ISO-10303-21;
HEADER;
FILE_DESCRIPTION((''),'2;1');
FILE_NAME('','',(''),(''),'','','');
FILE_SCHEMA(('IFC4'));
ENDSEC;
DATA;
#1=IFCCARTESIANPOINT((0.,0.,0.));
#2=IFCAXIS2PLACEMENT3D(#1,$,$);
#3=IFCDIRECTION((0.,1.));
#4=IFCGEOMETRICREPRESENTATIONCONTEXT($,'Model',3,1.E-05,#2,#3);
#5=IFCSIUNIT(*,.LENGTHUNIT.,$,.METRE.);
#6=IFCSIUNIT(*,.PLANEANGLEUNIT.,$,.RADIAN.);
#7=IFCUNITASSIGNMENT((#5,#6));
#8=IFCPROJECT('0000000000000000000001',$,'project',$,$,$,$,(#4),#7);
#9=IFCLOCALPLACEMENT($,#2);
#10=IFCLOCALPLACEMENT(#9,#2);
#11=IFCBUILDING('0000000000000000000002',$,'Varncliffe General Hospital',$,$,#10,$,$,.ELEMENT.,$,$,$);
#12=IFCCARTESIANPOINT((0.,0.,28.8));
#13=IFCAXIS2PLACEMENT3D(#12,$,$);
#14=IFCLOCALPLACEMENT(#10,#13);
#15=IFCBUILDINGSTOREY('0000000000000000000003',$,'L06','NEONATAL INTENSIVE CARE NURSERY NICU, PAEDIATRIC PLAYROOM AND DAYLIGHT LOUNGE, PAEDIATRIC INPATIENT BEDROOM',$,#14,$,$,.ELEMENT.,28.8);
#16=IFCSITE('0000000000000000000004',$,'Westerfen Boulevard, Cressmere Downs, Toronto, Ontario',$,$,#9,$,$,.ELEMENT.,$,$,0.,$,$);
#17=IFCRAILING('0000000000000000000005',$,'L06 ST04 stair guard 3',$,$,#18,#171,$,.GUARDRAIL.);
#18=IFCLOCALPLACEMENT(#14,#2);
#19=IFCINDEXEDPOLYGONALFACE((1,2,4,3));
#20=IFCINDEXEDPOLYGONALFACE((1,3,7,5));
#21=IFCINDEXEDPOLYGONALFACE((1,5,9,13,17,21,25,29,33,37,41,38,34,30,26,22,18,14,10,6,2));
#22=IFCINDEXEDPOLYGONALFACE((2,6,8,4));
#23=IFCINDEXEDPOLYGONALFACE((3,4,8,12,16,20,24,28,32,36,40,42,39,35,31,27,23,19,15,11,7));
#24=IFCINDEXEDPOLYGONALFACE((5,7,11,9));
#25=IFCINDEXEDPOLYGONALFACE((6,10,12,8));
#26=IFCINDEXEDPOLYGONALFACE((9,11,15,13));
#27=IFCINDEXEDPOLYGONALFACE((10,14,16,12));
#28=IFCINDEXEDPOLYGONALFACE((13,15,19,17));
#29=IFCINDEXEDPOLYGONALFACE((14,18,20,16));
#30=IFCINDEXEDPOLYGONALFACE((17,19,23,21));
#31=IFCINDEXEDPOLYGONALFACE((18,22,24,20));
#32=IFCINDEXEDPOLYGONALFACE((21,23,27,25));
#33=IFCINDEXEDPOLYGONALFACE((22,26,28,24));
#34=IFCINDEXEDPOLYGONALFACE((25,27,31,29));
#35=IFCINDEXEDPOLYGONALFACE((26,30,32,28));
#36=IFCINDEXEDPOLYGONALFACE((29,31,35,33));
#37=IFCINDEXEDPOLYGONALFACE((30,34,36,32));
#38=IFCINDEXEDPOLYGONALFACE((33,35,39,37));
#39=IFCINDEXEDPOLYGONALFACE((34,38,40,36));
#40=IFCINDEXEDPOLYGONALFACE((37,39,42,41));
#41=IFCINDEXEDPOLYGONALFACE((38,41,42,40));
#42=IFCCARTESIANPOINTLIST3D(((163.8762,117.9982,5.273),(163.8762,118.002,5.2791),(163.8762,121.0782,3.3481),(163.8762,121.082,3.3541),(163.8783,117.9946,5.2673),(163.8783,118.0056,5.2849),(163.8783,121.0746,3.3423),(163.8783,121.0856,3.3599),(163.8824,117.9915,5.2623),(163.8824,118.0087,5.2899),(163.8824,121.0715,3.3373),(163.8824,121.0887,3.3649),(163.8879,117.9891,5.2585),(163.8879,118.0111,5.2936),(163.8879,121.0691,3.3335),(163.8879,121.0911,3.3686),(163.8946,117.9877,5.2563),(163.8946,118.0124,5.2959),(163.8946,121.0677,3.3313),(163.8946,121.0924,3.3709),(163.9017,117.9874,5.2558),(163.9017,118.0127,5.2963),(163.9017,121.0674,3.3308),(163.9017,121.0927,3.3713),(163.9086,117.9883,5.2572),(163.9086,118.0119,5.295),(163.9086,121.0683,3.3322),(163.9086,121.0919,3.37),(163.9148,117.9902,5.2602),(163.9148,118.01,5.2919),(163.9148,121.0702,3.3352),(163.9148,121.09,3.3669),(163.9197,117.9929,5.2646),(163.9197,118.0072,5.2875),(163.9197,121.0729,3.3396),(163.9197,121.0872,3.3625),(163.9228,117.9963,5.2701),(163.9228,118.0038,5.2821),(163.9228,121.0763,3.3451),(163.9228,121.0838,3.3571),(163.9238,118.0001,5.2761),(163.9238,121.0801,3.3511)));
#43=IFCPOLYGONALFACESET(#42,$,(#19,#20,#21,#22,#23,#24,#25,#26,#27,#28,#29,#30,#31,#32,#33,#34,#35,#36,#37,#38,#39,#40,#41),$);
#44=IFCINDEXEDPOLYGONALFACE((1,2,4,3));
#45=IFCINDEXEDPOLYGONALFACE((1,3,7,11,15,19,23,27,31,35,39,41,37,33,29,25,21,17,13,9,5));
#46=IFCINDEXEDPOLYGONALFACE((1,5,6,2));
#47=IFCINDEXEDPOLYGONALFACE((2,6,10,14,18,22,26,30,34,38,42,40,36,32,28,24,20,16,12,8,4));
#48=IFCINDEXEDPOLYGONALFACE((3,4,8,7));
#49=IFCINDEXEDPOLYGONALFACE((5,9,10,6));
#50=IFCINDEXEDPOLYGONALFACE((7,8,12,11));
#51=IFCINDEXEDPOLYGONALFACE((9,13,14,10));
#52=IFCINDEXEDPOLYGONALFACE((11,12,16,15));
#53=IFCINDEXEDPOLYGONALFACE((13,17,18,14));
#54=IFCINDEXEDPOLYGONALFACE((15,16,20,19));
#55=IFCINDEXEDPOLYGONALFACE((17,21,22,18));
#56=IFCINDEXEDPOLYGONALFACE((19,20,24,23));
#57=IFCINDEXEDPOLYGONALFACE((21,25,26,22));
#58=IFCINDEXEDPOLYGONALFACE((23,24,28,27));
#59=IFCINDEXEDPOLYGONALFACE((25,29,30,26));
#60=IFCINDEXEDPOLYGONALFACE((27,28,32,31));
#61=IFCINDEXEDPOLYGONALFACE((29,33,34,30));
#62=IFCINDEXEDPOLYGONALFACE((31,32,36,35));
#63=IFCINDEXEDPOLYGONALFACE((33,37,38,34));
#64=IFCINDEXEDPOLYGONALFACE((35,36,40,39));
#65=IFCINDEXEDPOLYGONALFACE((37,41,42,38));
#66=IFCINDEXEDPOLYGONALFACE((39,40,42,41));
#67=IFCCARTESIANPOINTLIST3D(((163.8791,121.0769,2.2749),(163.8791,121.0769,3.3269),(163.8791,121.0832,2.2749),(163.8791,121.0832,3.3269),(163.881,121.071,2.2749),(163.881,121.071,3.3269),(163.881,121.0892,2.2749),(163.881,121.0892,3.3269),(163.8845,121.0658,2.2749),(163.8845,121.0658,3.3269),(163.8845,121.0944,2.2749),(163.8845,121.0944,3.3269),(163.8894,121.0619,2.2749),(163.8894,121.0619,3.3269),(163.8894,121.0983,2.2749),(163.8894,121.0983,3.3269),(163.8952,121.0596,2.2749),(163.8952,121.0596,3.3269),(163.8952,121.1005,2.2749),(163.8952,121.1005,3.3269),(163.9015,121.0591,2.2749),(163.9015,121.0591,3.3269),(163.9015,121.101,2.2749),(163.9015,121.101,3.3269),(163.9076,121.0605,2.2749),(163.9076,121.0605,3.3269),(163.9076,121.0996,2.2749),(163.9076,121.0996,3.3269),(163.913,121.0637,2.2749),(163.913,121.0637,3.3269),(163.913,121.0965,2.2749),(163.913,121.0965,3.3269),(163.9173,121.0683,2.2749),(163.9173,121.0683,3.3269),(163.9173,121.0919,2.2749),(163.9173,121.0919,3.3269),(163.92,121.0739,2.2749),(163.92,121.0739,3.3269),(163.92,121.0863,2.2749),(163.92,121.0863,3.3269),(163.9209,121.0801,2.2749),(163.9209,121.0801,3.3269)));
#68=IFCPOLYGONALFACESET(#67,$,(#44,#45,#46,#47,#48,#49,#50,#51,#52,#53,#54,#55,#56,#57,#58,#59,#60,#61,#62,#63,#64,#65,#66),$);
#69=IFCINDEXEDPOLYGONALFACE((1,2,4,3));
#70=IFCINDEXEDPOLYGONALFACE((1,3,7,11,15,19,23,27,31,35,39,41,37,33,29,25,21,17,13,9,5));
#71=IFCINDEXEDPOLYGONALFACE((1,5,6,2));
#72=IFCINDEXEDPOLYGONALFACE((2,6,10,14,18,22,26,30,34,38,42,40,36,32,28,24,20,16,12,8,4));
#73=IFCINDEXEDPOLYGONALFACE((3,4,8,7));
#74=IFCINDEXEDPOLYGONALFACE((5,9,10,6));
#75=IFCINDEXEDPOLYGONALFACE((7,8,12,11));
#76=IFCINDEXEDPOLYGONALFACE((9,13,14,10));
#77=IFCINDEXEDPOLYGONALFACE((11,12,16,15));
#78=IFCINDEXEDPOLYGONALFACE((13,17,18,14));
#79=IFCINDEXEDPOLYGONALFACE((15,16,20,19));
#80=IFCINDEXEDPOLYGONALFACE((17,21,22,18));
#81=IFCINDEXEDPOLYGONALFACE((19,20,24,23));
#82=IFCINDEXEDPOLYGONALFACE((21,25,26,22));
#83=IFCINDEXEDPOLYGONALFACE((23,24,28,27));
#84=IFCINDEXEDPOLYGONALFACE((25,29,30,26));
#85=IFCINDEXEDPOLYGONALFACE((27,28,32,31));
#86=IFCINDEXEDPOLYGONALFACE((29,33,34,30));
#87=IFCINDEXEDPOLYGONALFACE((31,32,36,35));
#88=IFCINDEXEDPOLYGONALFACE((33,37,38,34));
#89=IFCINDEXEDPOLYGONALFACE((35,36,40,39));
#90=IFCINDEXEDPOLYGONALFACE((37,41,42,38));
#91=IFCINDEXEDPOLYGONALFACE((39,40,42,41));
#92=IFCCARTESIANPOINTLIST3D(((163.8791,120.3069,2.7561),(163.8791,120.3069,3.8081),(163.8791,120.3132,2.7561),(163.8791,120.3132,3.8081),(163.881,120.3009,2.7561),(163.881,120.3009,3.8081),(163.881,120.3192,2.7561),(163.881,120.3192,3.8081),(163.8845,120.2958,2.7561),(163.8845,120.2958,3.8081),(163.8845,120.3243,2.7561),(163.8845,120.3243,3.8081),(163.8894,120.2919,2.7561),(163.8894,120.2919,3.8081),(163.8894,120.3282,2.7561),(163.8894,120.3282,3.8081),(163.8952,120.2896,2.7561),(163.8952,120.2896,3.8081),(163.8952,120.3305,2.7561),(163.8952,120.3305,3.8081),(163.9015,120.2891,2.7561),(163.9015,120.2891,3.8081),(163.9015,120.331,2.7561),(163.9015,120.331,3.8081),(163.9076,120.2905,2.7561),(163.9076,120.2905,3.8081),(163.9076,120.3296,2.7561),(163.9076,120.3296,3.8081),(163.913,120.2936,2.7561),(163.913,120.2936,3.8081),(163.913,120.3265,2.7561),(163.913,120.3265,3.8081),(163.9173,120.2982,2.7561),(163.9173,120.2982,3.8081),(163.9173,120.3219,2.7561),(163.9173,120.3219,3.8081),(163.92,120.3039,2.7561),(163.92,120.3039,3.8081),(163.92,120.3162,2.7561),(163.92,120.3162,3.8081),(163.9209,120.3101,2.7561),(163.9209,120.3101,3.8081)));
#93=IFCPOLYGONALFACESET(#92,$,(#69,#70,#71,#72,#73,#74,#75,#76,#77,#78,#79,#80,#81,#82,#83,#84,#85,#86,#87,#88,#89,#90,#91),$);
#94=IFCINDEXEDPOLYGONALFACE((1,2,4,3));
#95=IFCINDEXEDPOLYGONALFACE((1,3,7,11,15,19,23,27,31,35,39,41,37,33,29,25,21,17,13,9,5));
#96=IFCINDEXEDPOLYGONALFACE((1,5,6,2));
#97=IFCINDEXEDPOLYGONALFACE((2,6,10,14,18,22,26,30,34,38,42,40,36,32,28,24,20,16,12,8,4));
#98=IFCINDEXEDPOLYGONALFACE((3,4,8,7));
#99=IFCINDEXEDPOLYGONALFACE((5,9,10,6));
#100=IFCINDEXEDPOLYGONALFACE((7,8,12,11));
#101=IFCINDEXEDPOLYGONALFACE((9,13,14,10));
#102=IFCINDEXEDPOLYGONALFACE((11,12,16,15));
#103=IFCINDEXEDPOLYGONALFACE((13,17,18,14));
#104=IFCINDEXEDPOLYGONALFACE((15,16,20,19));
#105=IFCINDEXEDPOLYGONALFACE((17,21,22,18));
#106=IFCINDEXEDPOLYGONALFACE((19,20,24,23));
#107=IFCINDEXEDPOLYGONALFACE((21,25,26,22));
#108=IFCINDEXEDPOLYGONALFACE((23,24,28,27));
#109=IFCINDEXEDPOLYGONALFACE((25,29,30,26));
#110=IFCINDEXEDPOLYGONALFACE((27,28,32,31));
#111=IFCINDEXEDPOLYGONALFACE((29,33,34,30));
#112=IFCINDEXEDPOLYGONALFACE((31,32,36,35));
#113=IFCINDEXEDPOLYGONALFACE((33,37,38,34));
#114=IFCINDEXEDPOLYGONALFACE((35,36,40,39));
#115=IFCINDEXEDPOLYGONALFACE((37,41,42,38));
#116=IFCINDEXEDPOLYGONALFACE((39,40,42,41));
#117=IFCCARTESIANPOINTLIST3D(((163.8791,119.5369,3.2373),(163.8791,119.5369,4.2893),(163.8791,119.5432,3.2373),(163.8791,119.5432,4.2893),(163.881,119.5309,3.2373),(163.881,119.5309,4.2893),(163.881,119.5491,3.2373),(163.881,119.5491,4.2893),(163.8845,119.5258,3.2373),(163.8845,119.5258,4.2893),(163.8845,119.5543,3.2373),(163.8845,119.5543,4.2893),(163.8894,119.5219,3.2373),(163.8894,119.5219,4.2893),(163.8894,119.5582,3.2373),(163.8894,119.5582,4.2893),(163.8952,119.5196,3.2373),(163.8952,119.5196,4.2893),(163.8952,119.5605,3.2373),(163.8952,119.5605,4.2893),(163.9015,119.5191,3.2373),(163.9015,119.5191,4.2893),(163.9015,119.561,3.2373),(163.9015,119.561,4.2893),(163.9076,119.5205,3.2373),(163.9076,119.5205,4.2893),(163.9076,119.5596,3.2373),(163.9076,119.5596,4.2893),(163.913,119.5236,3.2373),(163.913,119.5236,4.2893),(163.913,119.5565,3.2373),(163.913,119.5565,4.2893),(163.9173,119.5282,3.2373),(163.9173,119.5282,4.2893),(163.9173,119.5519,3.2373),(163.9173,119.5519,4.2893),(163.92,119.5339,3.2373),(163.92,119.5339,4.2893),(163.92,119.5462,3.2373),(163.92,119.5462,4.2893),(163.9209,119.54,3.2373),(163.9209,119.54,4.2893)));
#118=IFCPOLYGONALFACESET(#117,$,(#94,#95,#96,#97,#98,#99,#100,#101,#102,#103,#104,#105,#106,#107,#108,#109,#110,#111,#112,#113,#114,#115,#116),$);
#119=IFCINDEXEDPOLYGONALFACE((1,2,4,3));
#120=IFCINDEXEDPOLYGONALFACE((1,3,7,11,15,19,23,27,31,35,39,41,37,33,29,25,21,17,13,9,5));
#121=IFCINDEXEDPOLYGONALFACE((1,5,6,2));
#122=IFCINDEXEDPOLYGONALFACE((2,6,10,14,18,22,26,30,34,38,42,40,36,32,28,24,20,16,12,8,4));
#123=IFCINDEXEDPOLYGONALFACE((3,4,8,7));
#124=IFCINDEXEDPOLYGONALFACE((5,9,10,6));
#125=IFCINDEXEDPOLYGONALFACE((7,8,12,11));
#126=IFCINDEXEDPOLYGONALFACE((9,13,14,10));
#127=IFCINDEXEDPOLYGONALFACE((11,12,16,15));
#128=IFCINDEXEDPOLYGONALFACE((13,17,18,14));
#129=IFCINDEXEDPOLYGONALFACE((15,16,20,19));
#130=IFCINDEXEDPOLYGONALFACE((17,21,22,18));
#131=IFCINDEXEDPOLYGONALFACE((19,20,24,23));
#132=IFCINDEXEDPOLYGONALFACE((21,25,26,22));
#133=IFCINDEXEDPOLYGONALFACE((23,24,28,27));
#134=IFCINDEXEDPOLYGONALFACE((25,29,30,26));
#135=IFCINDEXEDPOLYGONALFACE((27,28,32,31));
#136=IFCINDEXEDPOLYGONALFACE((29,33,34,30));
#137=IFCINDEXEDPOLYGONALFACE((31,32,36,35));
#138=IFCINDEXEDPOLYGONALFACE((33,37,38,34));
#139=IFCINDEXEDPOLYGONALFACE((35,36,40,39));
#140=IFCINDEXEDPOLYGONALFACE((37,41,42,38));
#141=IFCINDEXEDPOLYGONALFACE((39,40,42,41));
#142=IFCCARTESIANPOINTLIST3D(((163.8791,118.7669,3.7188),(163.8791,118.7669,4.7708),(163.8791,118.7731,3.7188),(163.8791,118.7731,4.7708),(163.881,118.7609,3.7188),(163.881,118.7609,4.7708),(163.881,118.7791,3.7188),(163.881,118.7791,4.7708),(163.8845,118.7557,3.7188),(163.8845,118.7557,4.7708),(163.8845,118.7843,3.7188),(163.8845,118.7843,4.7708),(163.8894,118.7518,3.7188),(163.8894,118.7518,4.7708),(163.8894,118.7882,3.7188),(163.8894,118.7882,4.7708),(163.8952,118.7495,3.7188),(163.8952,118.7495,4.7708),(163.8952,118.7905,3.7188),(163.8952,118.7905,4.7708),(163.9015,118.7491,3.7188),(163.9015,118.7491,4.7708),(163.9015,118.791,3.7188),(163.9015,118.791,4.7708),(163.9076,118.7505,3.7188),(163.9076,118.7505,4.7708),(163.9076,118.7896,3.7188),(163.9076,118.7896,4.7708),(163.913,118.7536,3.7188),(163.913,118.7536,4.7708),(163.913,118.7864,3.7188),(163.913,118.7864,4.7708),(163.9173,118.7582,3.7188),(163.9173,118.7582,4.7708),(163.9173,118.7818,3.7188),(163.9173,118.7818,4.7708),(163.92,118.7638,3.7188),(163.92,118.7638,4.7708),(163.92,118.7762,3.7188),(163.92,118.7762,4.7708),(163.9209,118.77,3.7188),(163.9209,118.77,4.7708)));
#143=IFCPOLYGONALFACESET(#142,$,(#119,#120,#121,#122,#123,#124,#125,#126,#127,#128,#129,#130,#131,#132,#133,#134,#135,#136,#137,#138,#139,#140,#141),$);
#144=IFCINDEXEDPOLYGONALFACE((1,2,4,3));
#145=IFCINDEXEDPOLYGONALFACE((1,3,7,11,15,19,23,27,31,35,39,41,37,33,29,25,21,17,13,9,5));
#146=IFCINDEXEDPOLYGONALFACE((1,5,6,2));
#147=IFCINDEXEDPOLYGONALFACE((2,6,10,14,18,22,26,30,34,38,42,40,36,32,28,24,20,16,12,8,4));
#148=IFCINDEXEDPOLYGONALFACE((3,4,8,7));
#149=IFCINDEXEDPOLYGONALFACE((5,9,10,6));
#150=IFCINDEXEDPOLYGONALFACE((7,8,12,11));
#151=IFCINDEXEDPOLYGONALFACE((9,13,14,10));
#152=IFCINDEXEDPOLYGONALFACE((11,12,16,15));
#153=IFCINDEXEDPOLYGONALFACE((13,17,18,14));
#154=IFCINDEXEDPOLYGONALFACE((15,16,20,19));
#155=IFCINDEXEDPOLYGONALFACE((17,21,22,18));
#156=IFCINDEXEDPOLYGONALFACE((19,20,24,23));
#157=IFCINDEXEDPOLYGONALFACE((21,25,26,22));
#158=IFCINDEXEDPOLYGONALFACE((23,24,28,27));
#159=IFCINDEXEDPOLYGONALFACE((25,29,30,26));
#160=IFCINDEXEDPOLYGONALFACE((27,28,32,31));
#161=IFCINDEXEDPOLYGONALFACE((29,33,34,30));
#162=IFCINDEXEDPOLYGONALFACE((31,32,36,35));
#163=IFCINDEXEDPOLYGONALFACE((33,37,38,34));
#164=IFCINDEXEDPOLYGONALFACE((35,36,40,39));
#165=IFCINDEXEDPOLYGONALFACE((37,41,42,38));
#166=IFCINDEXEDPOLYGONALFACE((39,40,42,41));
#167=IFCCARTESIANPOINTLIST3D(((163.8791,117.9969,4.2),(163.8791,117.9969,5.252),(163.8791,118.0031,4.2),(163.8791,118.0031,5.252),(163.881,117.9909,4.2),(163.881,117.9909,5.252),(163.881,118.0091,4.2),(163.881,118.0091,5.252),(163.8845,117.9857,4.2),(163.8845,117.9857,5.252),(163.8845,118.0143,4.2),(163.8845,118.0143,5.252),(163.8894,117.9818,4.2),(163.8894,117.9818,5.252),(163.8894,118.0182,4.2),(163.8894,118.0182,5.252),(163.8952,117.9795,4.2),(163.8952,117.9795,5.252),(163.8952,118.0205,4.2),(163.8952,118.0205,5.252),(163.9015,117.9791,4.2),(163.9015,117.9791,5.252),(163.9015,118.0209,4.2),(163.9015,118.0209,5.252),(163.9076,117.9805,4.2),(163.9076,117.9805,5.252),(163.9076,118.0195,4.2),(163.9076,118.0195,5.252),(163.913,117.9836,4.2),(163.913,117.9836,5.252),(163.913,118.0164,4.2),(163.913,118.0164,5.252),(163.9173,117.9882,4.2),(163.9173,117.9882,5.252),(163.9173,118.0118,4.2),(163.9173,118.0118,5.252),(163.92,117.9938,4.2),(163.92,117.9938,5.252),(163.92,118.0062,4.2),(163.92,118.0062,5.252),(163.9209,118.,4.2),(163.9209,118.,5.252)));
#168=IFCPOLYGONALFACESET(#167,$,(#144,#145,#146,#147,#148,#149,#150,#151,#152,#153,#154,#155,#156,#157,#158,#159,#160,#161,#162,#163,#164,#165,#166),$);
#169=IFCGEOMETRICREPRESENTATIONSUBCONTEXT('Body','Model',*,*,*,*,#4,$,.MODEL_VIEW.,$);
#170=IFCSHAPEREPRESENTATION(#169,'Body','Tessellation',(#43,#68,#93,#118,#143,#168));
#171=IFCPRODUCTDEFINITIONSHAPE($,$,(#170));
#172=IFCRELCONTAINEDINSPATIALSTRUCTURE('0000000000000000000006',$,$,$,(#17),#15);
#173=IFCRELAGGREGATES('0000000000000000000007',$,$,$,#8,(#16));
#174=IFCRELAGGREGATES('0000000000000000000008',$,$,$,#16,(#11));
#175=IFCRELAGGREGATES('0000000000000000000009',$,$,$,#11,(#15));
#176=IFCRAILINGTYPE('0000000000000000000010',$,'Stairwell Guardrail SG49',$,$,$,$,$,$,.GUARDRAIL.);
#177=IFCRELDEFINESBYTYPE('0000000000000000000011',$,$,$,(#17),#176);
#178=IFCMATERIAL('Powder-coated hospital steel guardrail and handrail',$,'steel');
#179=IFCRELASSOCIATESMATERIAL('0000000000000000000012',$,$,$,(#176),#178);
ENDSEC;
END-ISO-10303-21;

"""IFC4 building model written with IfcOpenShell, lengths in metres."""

from ifc_helpers import new_model, si_unit, direction, frame, origin, origin_2d, place, context, subcontext, project, spatial, circle, extrude, material, type_object, element, save


model = new_model("IFC4")

# Units and contexts
model_context = context("Model", 3, precision=1e-05, world=origin(), true_north=direction((0.0, 1.0)))
body_context = subcontext(model_context, "Body", "Model", "MODEL_VIEW")
ifc_project = project(units=[si_unit("LENGTHUNIT", "METRE"), si_unit("PLANEANGLEUNIT", "RADIAN")], contexts=[model_context])

# Site, building, storey
site_placement = place(None, origin())
site = spatial("IfcSite", under=ifc_project, at=site_placement, Name="Westerfen Boulevard, Cressmere Downs, Toronto, Ontario", CompositionType="ELEMENT", RefElevation=0.0)
building_placement = place(site_placement, origin())
building = spatial("IfcBuilding", under=site, at=building_placement, Name="Varncliffe General Hospital", CompositionType="ELEMENT")
storey_placement = place(building_placement, frame((0.0, 0.0, 28.8)))
storey = spatial("IfcBuildingStorey", under=building, at=storey_placement, Name="L06", Description="NEONATAL INTENSIVE CARE NURSERY NICU, PAEDIATRIC PLAYROOM AND DAYLIGHT LOUNGE, PAEDIATRIC INPATIENT BEDROOM", CompositionType="ELEMENT", Elevation=28.8)

# Railing
ifc_material_1 = material(Name="Powder-coated hospital steel guardrail and handrail", Category="steel")
railing_type_1 = type_object("IfcRailingType", Name="Stairwell Guardrail SG49", PredefinedType="GUARDRAIL", material=ifc_material_1)
railing_1_placement = place(storey_placement, frame((163.8999, 121.0801, 2.2749)))
element("IfcRailing", 1, at=railing_1_placement, inside=storey, type_object=railing_type_1, Name="L06 ST04 stair guard 3", PredefinedType="GUARDRAIL", context=body_context, shape_type="SweptSolid", body=[
    extrude(circle(Radius=0.0239, at=origin_2d()), frame((0.0, 0.0, 1.0762), z_axis=(0.0, -0.847998, 0.529999), x_axis=(1.0, 0.0, 0.0)), (0.0, 0.0, 1.0), 3.6321),
    extrude(circle(Radius=0.021, at=origin_2d()), origin(), (0.0, 0.0, 1.0), 1.052),
    extrude(circle(Radius=0.021, at=origin_2d()), frame((0.0, -0.77, 0.4812)), (0.0, 0.0, 1.0), 1.052),
    extrude(circle(Radius=0.021, at=origin_2d()), frame((0.0, -1.54, 0.9624)), (0.0, 0.0, 1.0), 1.052),
    extrude(circle(Radius=0.021, at=origin_2d()), frame((0.0, -2.3101, 1.4438)), (0.0, 0.0, 1.0), 1.052),
    extrude(circle(Radius=0.021, at=origin_2d()), frame((0.0, -3.0801, 1.925)), (0.0, 0.0, 1.0), 1.052),
])

save(model, "model.ifc")
